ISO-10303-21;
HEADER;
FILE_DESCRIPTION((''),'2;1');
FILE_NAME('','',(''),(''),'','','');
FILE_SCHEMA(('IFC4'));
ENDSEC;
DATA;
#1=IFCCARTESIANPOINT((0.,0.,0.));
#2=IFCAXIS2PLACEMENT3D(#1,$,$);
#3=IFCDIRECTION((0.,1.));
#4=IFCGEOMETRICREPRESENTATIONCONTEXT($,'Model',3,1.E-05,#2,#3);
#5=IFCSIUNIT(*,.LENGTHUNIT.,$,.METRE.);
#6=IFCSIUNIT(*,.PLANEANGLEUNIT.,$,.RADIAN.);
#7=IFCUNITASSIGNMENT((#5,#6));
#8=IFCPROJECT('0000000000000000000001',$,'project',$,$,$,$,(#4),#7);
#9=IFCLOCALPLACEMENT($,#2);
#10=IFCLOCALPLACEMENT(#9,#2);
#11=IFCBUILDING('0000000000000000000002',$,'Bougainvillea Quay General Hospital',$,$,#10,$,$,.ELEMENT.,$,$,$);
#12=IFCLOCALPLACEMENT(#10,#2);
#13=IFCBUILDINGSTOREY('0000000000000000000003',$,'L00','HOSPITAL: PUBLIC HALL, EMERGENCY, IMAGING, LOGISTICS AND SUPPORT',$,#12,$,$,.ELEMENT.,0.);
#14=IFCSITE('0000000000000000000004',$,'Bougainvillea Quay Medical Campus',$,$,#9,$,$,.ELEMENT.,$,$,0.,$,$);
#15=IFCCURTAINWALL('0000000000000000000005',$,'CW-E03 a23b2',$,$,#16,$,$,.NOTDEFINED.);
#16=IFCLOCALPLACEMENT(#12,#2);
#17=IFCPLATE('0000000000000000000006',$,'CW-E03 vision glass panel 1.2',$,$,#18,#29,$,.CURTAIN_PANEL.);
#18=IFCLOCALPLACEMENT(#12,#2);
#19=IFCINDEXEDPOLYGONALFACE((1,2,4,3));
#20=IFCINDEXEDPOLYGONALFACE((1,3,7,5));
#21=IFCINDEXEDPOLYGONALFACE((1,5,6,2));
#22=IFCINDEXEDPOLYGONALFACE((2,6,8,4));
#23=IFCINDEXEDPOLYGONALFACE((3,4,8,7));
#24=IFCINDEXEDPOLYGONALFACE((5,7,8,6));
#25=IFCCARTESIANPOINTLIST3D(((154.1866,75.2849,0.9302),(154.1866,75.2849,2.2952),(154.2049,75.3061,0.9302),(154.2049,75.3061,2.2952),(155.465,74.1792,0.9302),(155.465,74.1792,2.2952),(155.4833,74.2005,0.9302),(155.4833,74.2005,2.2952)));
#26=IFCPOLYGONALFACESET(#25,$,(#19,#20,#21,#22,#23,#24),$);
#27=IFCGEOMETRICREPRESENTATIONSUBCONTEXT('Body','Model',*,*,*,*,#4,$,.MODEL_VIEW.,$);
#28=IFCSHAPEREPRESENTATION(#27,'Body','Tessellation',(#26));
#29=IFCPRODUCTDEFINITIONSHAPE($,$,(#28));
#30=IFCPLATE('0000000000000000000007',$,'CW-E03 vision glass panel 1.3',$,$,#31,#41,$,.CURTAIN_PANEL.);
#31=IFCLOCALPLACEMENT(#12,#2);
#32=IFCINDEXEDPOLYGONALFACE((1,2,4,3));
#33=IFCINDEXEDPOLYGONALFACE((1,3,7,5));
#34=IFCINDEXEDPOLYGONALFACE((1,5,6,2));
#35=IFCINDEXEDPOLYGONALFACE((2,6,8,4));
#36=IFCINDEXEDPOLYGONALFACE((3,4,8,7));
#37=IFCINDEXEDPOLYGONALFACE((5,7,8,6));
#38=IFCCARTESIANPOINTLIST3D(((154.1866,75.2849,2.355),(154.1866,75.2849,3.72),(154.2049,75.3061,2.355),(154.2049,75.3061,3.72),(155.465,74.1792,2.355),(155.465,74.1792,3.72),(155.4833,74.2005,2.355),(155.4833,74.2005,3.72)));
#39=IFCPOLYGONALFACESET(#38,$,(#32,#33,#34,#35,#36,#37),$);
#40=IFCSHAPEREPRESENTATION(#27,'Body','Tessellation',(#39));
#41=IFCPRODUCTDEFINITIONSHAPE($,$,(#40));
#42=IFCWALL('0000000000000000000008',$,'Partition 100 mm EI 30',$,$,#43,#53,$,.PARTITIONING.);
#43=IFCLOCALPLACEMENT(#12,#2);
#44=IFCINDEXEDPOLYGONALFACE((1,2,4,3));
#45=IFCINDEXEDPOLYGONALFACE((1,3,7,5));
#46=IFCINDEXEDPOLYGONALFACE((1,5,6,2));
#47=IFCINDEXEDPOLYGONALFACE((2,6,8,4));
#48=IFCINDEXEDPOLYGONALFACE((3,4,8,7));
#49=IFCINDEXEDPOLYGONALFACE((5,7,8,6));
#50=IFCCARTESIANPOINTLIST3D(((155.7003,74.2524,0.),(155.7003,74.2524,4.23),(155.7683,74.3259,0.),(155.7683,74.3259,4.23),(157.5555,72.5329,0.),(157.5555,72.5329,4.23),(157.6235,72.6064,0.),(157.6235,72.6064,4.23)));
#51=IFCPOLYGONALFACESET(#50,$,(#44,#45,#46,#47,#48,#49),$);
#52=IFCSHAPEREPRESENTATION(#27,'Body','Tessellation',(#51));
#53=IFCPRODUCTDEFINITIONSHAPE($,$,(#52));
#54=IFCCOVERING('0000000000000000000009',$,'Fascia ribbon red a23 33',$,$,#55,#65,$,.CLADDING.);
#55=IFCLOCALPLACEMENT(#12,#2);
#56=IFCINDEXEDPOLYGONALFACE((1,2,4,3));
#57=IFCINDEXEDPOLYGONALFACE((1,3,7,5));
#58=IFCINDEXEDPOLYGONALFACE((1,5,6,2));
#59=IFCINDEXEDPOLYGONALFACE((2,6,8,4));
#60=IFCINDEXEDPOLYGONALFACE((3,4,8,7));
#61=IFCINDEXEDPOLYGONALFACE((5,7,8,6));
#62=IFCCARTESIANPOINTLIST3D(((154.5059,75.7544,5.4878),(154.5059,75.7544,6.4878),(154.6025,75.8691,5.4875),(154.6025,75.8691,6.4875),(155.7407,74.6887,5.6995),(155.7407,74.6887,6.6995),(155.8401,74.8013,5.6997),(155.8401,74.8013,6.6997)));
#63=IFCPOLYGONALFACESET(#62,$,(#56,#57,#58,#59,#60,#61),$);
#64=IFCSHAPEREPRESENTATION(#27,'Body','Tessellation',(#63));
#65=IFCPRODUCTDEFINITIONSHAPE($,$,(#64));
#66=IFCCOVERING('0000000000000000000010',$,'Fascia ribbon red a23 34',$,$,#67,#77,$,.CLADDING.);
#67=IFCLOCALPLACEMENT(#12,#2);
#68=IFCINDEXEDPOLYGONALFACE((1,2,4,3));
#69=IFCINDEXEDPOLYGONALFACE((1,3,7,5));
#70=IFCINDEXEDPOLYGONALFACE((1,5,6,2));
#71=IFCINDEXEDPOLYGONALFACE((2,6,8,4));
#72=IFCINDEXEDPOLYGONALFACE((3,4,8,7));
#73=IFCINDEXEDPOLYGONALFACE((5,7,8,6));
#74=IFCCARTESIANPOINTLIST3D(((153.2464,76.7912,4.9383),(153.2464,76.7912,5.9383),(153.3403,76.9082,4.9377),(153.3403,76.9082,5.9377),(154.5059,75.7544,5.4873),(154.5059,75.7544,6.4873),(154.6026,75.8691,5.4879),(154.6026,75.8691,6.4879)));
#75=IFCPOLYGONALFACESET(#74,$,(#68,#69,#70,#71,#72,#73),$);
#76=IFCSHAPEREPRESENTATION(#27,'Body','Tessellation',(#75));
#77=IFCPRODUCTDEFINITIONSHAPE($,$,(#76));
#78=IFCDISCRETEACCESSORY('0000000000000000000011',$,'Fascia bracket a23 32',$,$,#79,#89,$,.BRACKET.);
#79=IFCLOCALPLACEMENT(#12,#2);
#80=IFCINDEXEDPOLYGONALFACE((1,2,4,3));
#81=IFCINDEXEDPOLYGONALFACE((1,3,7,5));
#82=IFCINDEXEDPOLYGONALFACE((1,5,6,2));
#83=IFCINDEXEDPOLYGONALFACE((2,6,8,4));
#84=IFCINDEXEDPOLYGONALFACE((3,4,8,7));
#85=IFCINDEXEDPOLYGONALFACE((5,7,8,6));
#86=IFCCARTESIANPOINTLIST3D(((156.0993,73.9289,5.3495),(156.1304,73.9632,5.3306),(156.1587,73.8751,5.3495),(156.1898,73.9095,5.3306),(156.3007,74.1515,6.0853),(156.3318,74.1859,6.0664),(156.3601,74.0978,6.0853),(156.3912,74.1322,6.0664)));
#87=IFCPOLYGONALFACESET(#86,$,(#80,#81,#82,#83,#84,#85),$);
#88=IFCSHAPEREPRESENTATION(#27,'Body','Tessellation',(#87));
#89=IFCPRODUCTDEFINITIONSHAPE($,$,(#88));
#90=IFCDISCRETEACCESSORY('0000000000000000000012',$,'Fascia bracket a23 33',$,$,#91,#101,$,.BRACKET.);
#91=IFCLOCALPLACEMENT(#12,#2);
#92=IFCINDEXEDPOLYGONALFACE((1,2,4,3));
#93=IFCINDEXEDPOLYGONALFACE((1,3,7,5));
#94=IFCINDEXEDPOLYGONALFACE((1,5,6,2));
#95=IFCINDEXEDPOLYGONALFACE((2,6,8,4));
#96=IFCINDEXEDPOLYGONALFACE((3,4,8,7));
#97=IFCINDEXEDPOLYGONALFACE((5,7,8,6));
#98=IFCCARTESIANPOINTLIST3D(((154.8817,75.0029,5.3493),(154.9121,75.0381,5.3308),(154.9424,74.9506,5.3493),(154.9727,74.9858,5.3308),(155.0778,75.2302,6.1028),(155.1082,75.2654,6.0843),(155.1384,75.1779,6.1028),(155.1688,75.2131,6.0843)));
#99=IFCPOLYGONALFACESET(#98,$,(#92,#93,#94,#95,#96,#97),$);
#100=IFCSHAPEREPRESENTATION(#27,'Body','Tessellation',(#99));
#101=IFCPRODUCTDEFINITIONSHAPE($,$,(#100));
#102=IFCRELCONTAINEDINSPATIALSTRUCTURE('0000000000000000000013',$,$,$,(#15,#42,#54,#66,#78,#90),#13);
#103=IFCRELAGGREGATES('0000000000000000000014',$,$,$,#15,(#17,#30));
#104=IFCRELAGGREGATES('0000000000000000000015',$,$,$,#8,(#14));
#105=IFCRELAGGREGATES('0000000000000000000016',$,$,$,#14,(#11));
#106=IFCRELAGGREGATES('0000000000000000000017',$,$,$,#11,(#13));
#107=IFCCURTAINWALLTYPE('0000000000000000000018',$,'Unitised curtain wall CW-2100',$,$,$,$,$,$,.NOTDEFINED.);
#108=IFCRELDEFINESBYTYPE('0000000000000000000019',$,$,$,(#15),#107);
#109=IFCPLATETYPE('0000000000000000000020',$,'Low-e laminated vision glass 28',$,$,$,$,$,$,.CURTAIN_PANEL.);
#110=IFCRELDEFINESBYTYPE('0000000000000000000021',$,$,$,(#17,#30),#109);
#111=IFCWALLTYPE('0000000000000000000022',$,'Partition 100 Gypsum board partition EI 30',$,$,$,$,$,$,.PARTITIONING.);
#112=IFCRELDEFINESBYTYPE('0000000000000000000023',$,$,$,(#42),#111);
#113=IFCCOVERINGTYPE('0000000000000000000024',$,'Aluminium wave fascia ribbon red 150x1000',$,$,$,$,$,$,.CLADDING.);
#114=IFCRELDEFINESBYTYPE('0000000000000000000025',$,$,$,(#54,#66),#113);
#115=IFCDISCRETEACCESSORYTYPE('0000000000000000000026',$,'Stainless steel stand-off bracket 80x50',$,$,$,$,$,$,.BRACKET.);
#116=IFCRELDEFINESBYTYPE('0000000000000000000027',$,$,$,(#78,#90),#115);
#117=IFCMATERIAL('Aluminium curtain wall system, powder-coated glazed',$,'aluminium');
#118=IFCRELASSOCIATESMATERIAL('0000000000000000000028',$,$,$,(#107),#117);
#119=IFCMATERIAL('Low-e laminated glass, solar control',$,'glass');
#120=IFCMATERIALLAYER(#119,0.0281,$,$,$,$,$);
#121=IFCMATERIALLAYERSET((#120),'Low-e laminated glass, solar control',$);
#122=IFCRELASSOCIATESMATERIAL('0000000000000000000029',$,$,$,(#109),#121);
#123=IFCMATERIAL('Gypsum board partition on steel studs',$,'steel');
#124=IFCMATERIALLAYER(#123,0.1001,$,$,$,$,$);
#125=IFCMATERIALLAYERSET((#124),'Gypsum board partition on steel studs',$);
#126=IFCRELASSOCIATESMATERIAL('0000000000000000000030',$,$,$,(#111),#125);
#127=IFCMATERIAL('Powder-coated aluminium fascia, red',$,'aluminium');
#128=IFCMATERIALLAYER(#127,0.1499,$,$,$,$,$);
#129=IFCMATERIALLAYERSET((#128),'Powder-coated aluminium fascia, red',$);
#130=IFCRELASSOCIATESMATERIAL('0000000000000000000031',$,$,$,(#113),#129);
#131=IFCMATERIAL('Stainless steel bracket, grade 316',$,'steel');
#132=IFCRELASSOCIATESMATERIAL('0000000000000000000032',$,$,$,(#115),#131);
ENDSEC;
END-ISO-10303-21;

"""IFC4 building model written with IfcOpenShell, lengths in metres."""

from ifc_helpers import new_model, si_unit, direction, frame, frame_2d, origin, origin_2d, place, context, subcontext, project, spatial, polyline, rectangle, outline, extrude, material, layer, layer_set, material_profile, profile_set, type_object, element, aggregate, save


model = new_model("IFC4")

# Units and contexts
model_context = context("Model", 3, precision=1e-05, world=origin(), true_north=direction((0.0, 1.0)))
body_context = subcontext(model_context, "Body", "Model", "MODEL_VIEW")
ifc_project = project(units=[si_unit("LENGTHUNIT", "METRE"), si_unit("PLANEANGLEUNIT", "RADIAN")], contexts=[model_context])

# Site, building, storey
site_placement = place(None, origin())
site = spatial("IfcSite", under=ifc_project, at=site_placement, Name="Bougainvillea Quay Medical Campus", CompositionType="ELEMENT", RefElevation=0.0)
building_placement = place(site_placement, origin())
building = spatial("IfcBuilding", under=site, at=building_placement, Name="Bougainvillea Quay General Hospital", CompositionType="ELEMENT")
storey_placement = place(building_placement, origin())
storey = spatial("IfcBuildingStorey", under=building, at=storey_placement, Name="L00", Description="HOSPITAL: PUBLIC HALL, EMERGENCY, IMAGING, LOGISTICS AND SUPPORT", CompositionType="ELEMENT", Elevation=0.0)

# Curtain wall, plates
ifc_material_1 = material(Name="Aluminium curtain wall system, powder-coated glazed", Category="aluminium")
curtain_wall_type = type_object("IfcCurtainWallType", Name="Unitised curtain wall CW-2100", PredefinedType="NOTDEFINED", material=ifc_material_1)
curtain_wall_placement = place(storey_placement, origin())
curtain_wall = element("IfcCurtainWall", 1, at=curtain_wall_placement, inside=storey, type_object=curtain_wall_type, Name="CW-E03 a23b2", PredefinedType="NOTDEFINED")
ifc_material_2 = material(Name="Low-e laminated glass, solar control", Category="glass")
ifc_layer_1 = layer(ifc_material_2, 0.0281)
ifc_layer_set_1 = layer_set([ifc_layer_1], Name="Low-e laminated glass, solar control")
plate_type_1 = type_object("IfcPlateType", Name="Low-e laminated vision glass 28", PredefinedType="CURTAIN_PANEL", material=ifc_layer_set_1)
plate_1_placement = place(storey_placement, frame((154.835, 74.7427, 0.9302), z_axis=(0.0, 0.0, 1.0), x_axis=(0.756365, -0.65415, 0.0)))
plate_1 = element("IfcPlate", 2, at=plate_1_placement, type_object=plate_type_1, Name="CW-E03 vision glass panel 1.2", PredefinedType="CURTAIN_PANEL", context=body_context, shape_type="SweptSolid", body=[
    extrude(rectangle(XDim=1.6902, YDim=0.0281, at=origin_2d()), origin(), (0.0, 0.0, 1.0), 1.365),
])
plate_2_placement = place(storey_placement, frame((154.835, 74.7427, 2.355), z_axis=(0.0, 0.0, 1.0), x_axis=(0.756365, -0.65415, 0.0)))
plate_2 = element("IfcPlate", 3, at=plate_2_placement, type_object=plate_type_1, Name="CW-E03 vision glass panel 1.3", PredefinedType="CURTAIN_PANEL", context=body_context, shape_type="SweptSolid", body=[
    extrude(rectangle(XDim=1.6902, YDim=0.0281, at=origin_2d()), origin(), (0.0, 0.0, 1.0), 1.365),
])
aggregate(curtain_wall, [plate_1, plate_2])

# Wall
ifc_material_3 = material(Name="Gypsum board partition on steel studs", Category="steel")
ifc_layer_2 = layer(ifc_material_3, 0.1001)
ifc_layer_set_2 = layer_set([ifc_layer_2], Name="Gypsum board partition on steel studs")
wall_type = type_object("IfcWallType", Name="Partition 100 Gypsum board partition EI 30", PredefinedType="PARTITIONING", material=ifc_layer_set_2)
wall_placement = place(storey_placement, frame((155.7344, 74.2891, 0.0), z_axis=(0.0, 0.0, 1.0), x_axis=(0.733429, -0.679766, 0.0)))
element("IfcWall", 4, at=wall_placement, inside=storey, type_object=wall_type, Name="Partition 100 mm EI 30", PredefinedType="PARTITIONING", context=body_context, shape_type="SweptSolid", body=[
    extrude(rectangle(XDim=2.5295, YDim=0.1001, at=frame_2d((1.2646, 0.0))), origin(), (0.0, 0.0, 1.0), 4.23),
])

# Coverings
ifc_material_4 = material(Name="Powder-coated aluminium fascia, red", Category="aluminium")
ifc_layer_3 = layer(ifc_material_4, 0.1499)
ifc_layer_set_3 = layer_set([ifc_layer_3], Name="Powder-coated aluminium fascia, red")
covering_type = type_object("IfcCoveringType", Name="Aluminium wave fascia ribbon red 150x1000", PredefinedType="CLADDING", material=ifc_layer_set_3)
covering_1_placement = place(storey_placement, frame((155.7407, 74.6887, 5.6995), z_axis=(-0.097459, 0.08406, 0.991683), x_axis=(-0.750769, 0.647906, -0.128702)))
element("IfcCovering", 5, at=covering_1_placement, inside=storey, type_object=covering_type, Name="Fascia ribbon red a23 33", PredefinedType="CLADDING", context=body_context, shape_type="SweptSolid", body=[
    extrude(outline(polyline([(0.0, 0.0), (1.6448, 0.0), (1.6466, -0.15), (-0.0017, -0.1501), (0.0, 0.0)])), origin(), (-0.128702, -0.000035, 0.991683), 1.0),
])
covering_2_placement = place(storey_placement, frame((154.5059, 75.7544, 5.4873), z_axis=(-0.246261, 0.202666, 0.947778), x_axis=(-0.731729, 0.602375, -0.318932)))
element("IfcCovering", 6, at=covering_2_placement, inside=storey, type_object=covering_type, Name="Fascia ribbon red a23 34", PredefinedType="CLADDING", context=body_context, shape_type="SweptSolid", body=[
    extrude(outline(polyline([(0.0, 0.0), (1.7212, 0.0), (1.7231, -0.15), (-0.0019, -0.15), (0.0, 0.0)])), origin(), (-0.318932, -0.000045, 0.947778), 1.0),
])

# Discrete accessories
ifc_material_5 = material(Name="Stainless steel bracket, grade 316", Category="steel")
ifc_material_profile_1 = material_profile(ifc_material_5, rectangle(XDim=0.0801, YDim=0.05, at=origin_2d()))
ifc_profile_set_1 = profile_set([ifc_material_profile_1], Name="Stainless steel bracket, grade 316")
discrete_accessory_type = type_object("IfcDiscreteAccessoryType", Name="Stainless steel stand-off bracket 80x50", PredefinedType="BRACKET", material=ifc_profile_set_1)
discrete_accessory_1_placement = place(storey_placement, frame((156.1445, 73.9192, 5.3401), z_axis=(0.253438, 0.280164, 0.925893), x_axis=(-0.741594, 0.670849, 0.0)))
element("IfcDiscreteAccessory", 7, at=discrete_accessory_1_placement, inside=storey, type_object=discrete_accessory_type, Name="Fascia bracket a23 32", PredefinedType="BRACKET", context=body_context, shape_type="SweptSolid", body=[
    extrude(rectangle(XDim=0.0801, YDim=0.05, at=origin_2d()), origin(), (0.0, 0.0, 1.0), 0.7947),
])
discrete_accessory_2_placement = place(storey_placement, frame((154.9272, 74.9944, 5.3401), z_axis=(0.24173, 0.280262, 0.928989), x_axis=(-0.757243, 0.653133, 0.0)))
element("IfcDiscreteAccessory", 8, at=discrete_accessory_2_placement, inside=storey, type_object=discrete_accessory_type, Name="Fascia bracket a23 33", PredefinedType="BRACKET", context=body_context, shape_type="SweptSolid", body=[
    extrude(rectangle(XDim=0.0801, YDim=0.05, at=origin_2d()), origin(), (0.0, 0.0, 1.0), 0.811),
])

save(model, "model.ifc")
